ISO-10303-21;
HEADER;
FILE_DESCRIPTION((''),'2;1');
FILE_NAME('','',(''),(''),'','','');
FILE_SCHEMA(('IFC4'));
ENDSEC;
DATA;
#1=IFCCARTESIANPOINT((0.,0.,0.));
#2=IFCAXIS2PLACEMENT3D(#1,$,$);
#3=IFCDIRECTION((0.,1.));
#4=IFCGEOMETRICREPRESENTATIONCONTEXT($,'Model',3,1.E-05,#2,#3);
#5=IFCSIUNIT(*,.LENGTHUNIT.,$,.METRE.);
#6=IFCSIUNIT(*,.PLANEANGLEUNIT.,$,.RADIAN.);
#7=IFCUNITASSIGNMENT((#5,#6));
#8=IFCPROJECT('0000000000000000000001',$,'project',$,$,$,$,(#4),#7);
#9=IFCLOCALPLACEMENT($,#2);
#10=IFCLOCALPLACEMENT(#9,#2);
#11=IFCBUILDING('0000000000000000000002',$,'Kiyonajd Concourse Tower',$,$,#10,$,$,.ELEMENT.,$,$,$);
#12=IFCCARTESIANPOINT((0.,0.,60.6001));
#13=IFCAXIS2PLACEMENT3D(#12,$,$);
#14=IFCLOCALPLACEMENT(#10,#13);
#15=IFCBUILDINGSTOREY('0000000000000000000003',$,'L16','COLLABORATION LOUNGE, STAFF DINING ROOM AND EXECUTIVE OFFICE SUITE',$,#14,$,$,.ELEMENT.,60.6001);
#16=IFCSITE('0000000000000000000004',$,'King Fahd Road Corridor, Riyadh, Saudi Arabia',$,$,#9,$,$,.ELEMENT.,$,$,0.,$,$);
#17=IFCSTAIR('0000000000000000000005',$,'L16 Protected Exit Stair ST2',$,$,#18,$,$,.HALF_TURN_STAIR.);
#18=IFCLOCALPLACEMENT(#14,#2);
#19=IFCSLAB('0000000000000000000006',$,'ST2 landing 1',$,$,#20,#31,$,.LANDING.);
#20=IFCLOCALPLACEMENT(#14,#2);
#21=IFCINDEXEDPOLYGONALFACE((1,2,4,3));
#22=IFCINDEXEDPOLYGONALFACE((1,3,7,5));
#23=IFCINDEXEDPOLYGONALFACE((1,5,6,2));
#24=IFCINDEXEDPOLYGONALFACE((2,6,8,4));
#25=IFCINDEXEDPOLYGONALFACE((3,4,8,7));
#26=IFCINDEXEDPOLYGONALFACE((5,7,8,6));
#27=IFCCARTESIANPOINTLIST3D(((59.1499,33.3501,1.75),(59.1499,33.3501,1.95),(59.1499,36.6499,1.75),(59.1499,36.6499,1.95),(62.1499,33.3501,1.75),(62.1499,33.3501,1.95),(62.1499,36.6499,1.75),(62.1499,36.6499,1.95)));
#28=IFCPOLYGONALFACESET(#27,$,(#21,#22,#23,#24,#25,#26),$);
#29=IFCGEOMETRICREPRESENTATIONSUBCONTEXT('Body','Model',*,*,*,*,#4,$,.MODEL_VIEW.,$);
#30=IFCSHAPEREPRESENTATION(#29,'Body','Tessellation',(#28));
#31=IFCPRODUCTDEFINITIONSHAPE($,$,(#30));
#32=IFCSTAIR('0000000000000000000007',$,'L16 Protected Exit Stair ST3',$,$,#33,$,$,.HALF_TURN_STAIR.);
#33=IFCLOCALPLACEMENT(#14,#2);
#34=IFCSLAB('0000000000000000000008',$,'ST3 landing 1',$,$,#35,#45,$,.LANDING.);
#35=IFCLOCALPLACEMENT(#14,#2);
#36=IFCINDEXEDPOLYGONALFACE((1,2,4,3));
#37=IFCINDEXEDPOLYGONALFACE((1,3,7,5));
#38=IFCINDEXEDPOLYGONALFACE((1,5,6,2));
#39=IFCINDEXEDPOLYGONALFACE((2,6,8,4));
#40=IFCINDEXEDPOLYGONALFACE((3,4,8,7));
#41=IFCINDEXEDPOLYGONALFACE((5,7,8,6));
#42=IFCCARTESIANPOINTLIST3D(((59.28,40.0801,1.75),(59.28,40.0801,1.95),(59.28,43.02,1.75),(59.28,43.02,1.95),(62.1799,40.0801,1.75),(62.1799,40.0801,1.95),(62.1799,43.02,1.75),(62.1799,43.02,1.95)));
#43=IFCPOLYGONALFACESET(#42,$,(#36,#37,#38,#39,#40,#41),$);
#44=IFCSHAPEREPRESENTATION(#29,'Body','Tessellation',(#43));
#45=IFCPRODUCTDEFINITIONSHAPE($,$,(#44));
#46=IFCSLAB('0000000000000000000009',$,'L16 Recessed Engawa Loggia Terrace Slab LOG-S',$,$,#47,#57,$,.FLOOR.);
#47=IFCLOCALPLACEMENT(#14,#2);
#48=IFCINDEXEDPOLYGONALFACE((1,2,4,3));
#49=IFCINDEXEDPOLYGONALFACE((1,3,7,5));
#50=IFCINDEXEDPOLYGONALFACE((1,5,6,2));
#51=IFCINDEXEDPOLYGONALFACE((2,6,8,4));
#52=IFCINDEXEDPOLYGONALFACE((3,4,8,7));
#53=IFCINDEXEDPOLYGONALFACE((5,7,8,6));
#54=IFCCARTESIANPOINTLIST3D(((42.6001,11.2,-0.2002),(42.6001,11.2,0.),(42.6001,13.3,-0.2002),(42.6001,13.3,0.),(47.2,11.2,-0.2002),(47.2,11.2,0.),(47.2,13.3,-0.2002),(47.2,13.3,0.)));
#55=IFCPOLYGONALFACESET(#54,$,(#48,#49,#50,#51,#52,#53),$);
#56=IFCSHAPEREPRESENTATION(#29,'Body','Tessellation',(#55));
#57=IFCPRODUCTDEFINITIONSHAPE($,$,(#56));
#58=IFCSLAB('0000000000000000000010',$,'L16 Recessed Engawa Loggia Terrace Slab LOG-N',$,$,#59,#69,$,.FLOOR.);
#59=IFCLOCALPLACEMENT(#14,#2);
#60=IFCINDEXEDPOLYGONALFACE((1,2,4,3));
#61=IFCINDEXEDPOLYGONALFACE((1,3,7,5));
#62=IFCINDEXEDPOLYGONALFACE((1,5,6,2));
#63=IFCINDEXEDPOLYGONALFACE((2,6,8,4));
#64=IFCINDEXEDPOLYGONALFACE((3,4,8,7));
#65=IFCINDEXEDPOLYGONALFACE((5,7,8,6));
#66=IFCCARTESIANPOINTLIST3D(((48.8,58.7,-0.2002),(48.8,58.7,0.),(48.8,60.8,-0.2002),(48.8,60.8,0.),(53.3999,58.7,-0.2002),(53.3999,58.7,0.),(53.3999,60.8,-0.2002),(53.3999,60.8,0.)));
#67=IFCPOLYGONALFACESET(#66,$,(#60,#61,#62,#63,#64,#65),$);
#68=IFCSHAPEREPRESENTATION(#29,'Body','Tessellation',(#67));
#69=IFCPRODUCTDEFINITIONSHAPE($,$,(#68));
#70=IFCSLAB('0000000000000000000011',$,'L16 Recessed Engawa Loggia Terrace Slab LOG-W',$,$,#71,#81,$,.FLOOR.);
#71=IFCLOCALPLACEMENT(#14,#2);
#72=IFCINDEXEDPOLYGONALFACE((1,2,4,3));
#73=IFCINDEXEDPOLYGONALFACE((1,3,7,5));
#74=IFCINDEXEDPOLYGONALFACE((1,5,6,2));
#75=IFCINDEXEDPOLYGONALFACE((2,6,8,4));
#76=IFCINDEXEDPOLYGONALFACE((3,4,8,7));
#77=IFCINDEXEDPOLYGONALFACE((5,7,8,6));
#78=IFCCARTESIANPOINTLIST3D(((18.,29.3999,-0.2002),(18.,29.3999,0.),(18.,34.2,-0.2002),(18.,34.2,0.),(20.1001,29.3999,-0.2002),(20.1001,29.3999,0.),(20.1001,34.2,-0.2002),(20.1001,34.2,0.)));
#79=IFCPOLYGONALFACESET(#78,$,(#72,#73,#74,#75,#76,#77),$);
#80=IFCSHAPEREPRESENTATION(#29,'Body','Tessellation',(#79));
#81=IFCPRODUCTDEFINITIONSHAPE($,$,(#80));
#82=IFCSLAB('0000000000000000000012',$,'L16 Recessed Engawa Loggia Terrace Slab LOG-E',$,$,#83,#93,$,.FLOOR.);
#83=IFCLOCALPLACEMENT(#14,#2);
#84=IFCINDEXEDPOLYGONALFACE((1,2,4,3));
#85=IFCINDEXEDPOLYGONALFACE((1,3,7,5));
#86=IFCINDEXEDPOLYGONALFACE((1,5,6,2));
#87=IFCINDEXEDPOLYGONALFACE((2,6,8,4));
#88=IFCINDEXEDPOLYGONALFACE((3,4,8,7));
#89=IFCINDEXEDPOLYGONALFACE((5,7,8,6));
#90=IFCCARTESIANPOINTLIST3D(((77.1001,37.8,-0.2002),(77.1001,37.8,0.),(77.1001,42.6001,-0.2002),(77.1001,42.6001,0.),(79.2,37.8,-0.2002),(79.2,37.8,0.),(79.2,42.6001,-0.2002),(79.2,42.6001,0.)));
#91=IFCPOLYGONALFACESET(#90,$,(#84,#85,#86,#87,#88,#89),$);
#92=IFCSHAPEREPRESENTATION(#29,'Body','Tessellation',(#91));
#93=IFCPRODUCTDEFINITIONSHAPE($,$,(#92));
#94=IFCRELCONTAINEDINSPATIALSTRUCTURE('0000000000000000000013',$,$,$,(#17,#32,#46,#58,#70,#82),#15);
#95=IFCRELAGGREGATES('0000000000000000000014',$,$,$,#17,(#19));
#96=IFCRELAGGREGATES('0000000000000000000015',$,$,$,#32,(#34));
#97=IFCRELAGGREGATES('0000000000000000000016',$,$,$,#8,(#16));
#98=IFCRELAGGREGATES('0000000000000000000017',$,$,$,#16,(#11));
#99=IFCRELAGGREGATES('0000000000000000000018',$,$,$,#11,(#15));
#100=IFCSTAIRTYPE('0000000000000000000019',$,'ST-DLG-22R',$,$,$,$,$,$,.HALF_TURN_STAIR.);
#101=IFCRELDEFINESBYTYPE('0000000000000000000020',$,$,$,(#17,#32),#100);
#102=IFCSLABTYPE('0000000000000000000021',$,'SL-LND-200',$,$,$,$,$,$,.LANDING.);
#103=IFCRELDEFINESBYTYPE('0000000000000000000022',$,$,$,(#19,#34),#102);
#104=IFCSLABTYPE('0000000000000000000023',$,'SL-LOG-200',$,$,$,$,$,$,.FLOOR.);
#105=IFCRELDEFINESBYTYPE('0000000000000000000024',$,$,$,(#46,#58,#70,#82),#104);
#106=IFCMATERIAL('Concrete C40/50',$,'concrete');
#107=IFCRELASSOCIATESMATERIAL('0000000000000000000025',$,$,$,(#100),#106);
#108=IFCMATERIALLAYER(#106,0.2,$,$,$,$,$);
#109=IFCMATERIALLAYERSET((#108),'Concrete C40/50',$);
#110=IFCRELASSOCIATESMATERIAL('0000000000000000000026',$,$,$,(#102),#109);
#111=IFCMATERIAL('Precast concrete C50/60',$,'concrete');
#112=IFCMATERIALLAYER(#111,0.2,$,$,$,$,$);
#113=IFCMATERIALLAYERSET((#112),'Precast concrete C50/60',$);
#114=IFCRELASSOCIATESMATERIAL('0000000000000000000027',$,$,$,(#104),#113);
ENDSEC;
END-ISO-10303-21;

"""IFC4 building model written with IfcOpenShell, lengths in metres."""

from ifc_helpers import new_model, si_unit, direction, frame, origin, place, context, subcontext, project, spatial, polyline, outline, extrude, material, layer, layer_set, type_object, element, aggregate, save


model = new_model("IFC4")

# Units and contexts
model_context = context("Model", 3, precision=1e-05, world=origin(), true_north=direction((0.0, 1.0)))
body_context = subcontext(model_context, "Body", "Model", "MODEL_VIEW")
ifc_project = project(units=[si_unit("LENGTHUNIT", "METRE"), si_unit("PLANEANGLEUNIT", "RADIAN")], contexts=[model_context])

# Site, building, storey
site_placement = place(None, origin())
site = spatial("IfcSite", under=ifc_project, at=site_placement, Name="King Fahd Road Corridor, Riyadh, Saudi Arabia", CompositionType="ELEMENT", RefElevation=0.0)
building_placement = place(site_placement, origin())
building = spatial("IfcBuilding", under=site, at=building_placement, Name="Kiyonajd Concourse Tower", CompositionType="ELEMENT")
storey_placement = place(building_placement, frame((0.0, 0.0, 60.6001)))
storey = spatial("IfcBuildingStorey", under=building, at=storey_placement, Name="L16", Description="COLLABORATION LOUNGE, STAFF DINING ROOM AND EXECUTIVE OFFICE SUITE", CompositionType="ELEMENT", Elevation=60.6001)

# Shared definitions
ifc_material_1 = material(Name="Precast concrete C50/60", Category="concrete")

# Stairs, slabs
ifc_material_2 = material(Name="Concrete C40/50", Category="concrete")
stair_type = type_object("IfcStairType", Name="ST-DLG-22R", PredefinedType="HALF_TURN_STAIR", material=ifc_material_2)
ifc_layer_1 = layer(ifc_material_2, 0.2)
ifc_layer_set_1 = layer_set([ifc_layer_1], Name="Concrete C40/50")
slab_type_1 = type_object("IfcSlabType", Name="SL-LND-200", PredefinedType="LANDING", material=ifc_layer_set_1)
stair_1_placement = place(storey_placement, origin())
stair_1 = element("IfcStair", 1, at=stair_1_placement, inside=storey, type_object=stair_type, Name="L16 Protected Exit Stair ST2", PredefinedType="HALF_TURN_STAIR")
slab_1_placement = place(storey_placement, frame((0.0, 0.0, 1.75)))
slab_1 = element("IfcSlab", 2, at=slab_1_placement, type_object=slab_type_1, Name="ST2 landing 1", PredefinedType="LANDING", context=body_context, shape_type="SweptSolid", body=[
    extrude(outline(polyline([(62.1499, 33.3501), (62.1499, 36.6499), (59.1499, 36.6499), (59.1499, 33.3501), (62.1499, 33.3501)])), origin(), (0.0, 0.0, 1.0), 0.2),
])
aggregate(stair_1, [slab_1])
stair_2_placement = place(storey_placement, origin())
stair_2 = element("IfcStair", 3, at=stair_2_placement, inside=storey, type_object=stair_type, Name="L16 Protected Exit Stair ST3", PredefinedType="HALF_TURN_STAIR")
slab_2_placement = place(storey_placement, frame((0.0, 0.0, 1.75)))
slab_2 = element("IfcSlab", 4, at=slab_2_placement, type_object=slab_type_1, Name="ST3 landing 1", PredefinedType="LANDING", context=body_context, shape_type="SweptSolid", body=[
    extrude(outline(polyline([(59.28, 40.0801), (62.1799, 40.0801), (62.1799, 43.02), (59.28, 43.02), (59.28, 40.0801)])), origin(), (0.0, 0.0, 1.0), 0.2),
])
aggregate(stair_2, [slab_2])

# Slabs
ifc_layer_2 = layer(ifc_material_1, 0.2)
ifc_layer_set_2 = layer_set([ifc_layer_2], Name="Precast concrete C50/60")
slab_type_2 = type_object("IfcSlabType", Name="SL-LOG-200", PredefinedType="FLOOR", material=ifc_layer_set_2)
slab_3_placement = place(storey_placement, frame((0.0, 0.0, -0.2002)))
element("IfcSlab", 5, at=slab_3_placement, inside=storey, type_object=slab_type_2, Name="L16 Recessed Engawa Loggia Terrace Slab LOG-S", PredefinedType="FLOOR", context=body_context, shape_type="SweptSolid", body=[
    extrude(outline(polyline([(42.6001, 11.2), (47.2, 11.2), (47.2, 13.3), (42.6001, 13.3), (42.6001, 11.2)])), origin(), (0.0, 0.0, 1.0), 0.2002),
])
slab_4_placement = place(storey_placement, frame((0.0, 0.0, -0.2002)))
element("IfcSlab", 6, at=slab_4_placement, inside=storey, type_object=slab_type_2, Name="L16 Recessed Engawa Loggia Terrace Slab LOG-N", PredefinedType="FLOOR", context=body_context, shape_type="SweptSolid", body=[
    extrude(outline(polyline([(48.8, 58.7), (53.3999, 58.7), (53.3999, 60.8), (48.8, 60.8), (48.8, 58.7)])), origin(), (0.0, 0.0, 1.0), 0.2002),
])
slab_5_placement = place(storey_placement, frame((0.0, 0.0, -0.2002)))
element("IfcSlab", 7, at=slab_5_placement, inside=storey, type_object=slab_type_2, Name="L16 Recessed Engawa Loggia Terrace Slab LOG-W", PredefinedType="FLOOR", context=body_context, shape_type="SweptSolid", body=[
    extrude(outline(polyline([(18.0, 29.3999), (20.1001, 29.3999), (20.1001, 34.2), (18.0, 34.2), (18.0, 29.3999)])), origin(), (0.0, 0.0, 1.0), 0.2002),
])
slab_6_placement = place(storey_placement, frame((0.0, 0.0, -0.2002)))
element("IfcSlab", 8, at=slab_6_placement, inside=storey, type_object=slab_type_2, Name="L16 Recessed Engawa Loggia Terrace Slab LOG-E", PredefinedType="FLOOR", context=body_context, shape_type="SweptSolid", body=[
    extrude(outline(polyline([(77.1001, 37.8), (79.2, 37.8), (79.2, 42.6001), (77.1001, 42.6001), (77.1001, 37.8)])), origin(), (0.0, 0.0, 1.0), 0.2002),
])

save(model, "model.ifc")
